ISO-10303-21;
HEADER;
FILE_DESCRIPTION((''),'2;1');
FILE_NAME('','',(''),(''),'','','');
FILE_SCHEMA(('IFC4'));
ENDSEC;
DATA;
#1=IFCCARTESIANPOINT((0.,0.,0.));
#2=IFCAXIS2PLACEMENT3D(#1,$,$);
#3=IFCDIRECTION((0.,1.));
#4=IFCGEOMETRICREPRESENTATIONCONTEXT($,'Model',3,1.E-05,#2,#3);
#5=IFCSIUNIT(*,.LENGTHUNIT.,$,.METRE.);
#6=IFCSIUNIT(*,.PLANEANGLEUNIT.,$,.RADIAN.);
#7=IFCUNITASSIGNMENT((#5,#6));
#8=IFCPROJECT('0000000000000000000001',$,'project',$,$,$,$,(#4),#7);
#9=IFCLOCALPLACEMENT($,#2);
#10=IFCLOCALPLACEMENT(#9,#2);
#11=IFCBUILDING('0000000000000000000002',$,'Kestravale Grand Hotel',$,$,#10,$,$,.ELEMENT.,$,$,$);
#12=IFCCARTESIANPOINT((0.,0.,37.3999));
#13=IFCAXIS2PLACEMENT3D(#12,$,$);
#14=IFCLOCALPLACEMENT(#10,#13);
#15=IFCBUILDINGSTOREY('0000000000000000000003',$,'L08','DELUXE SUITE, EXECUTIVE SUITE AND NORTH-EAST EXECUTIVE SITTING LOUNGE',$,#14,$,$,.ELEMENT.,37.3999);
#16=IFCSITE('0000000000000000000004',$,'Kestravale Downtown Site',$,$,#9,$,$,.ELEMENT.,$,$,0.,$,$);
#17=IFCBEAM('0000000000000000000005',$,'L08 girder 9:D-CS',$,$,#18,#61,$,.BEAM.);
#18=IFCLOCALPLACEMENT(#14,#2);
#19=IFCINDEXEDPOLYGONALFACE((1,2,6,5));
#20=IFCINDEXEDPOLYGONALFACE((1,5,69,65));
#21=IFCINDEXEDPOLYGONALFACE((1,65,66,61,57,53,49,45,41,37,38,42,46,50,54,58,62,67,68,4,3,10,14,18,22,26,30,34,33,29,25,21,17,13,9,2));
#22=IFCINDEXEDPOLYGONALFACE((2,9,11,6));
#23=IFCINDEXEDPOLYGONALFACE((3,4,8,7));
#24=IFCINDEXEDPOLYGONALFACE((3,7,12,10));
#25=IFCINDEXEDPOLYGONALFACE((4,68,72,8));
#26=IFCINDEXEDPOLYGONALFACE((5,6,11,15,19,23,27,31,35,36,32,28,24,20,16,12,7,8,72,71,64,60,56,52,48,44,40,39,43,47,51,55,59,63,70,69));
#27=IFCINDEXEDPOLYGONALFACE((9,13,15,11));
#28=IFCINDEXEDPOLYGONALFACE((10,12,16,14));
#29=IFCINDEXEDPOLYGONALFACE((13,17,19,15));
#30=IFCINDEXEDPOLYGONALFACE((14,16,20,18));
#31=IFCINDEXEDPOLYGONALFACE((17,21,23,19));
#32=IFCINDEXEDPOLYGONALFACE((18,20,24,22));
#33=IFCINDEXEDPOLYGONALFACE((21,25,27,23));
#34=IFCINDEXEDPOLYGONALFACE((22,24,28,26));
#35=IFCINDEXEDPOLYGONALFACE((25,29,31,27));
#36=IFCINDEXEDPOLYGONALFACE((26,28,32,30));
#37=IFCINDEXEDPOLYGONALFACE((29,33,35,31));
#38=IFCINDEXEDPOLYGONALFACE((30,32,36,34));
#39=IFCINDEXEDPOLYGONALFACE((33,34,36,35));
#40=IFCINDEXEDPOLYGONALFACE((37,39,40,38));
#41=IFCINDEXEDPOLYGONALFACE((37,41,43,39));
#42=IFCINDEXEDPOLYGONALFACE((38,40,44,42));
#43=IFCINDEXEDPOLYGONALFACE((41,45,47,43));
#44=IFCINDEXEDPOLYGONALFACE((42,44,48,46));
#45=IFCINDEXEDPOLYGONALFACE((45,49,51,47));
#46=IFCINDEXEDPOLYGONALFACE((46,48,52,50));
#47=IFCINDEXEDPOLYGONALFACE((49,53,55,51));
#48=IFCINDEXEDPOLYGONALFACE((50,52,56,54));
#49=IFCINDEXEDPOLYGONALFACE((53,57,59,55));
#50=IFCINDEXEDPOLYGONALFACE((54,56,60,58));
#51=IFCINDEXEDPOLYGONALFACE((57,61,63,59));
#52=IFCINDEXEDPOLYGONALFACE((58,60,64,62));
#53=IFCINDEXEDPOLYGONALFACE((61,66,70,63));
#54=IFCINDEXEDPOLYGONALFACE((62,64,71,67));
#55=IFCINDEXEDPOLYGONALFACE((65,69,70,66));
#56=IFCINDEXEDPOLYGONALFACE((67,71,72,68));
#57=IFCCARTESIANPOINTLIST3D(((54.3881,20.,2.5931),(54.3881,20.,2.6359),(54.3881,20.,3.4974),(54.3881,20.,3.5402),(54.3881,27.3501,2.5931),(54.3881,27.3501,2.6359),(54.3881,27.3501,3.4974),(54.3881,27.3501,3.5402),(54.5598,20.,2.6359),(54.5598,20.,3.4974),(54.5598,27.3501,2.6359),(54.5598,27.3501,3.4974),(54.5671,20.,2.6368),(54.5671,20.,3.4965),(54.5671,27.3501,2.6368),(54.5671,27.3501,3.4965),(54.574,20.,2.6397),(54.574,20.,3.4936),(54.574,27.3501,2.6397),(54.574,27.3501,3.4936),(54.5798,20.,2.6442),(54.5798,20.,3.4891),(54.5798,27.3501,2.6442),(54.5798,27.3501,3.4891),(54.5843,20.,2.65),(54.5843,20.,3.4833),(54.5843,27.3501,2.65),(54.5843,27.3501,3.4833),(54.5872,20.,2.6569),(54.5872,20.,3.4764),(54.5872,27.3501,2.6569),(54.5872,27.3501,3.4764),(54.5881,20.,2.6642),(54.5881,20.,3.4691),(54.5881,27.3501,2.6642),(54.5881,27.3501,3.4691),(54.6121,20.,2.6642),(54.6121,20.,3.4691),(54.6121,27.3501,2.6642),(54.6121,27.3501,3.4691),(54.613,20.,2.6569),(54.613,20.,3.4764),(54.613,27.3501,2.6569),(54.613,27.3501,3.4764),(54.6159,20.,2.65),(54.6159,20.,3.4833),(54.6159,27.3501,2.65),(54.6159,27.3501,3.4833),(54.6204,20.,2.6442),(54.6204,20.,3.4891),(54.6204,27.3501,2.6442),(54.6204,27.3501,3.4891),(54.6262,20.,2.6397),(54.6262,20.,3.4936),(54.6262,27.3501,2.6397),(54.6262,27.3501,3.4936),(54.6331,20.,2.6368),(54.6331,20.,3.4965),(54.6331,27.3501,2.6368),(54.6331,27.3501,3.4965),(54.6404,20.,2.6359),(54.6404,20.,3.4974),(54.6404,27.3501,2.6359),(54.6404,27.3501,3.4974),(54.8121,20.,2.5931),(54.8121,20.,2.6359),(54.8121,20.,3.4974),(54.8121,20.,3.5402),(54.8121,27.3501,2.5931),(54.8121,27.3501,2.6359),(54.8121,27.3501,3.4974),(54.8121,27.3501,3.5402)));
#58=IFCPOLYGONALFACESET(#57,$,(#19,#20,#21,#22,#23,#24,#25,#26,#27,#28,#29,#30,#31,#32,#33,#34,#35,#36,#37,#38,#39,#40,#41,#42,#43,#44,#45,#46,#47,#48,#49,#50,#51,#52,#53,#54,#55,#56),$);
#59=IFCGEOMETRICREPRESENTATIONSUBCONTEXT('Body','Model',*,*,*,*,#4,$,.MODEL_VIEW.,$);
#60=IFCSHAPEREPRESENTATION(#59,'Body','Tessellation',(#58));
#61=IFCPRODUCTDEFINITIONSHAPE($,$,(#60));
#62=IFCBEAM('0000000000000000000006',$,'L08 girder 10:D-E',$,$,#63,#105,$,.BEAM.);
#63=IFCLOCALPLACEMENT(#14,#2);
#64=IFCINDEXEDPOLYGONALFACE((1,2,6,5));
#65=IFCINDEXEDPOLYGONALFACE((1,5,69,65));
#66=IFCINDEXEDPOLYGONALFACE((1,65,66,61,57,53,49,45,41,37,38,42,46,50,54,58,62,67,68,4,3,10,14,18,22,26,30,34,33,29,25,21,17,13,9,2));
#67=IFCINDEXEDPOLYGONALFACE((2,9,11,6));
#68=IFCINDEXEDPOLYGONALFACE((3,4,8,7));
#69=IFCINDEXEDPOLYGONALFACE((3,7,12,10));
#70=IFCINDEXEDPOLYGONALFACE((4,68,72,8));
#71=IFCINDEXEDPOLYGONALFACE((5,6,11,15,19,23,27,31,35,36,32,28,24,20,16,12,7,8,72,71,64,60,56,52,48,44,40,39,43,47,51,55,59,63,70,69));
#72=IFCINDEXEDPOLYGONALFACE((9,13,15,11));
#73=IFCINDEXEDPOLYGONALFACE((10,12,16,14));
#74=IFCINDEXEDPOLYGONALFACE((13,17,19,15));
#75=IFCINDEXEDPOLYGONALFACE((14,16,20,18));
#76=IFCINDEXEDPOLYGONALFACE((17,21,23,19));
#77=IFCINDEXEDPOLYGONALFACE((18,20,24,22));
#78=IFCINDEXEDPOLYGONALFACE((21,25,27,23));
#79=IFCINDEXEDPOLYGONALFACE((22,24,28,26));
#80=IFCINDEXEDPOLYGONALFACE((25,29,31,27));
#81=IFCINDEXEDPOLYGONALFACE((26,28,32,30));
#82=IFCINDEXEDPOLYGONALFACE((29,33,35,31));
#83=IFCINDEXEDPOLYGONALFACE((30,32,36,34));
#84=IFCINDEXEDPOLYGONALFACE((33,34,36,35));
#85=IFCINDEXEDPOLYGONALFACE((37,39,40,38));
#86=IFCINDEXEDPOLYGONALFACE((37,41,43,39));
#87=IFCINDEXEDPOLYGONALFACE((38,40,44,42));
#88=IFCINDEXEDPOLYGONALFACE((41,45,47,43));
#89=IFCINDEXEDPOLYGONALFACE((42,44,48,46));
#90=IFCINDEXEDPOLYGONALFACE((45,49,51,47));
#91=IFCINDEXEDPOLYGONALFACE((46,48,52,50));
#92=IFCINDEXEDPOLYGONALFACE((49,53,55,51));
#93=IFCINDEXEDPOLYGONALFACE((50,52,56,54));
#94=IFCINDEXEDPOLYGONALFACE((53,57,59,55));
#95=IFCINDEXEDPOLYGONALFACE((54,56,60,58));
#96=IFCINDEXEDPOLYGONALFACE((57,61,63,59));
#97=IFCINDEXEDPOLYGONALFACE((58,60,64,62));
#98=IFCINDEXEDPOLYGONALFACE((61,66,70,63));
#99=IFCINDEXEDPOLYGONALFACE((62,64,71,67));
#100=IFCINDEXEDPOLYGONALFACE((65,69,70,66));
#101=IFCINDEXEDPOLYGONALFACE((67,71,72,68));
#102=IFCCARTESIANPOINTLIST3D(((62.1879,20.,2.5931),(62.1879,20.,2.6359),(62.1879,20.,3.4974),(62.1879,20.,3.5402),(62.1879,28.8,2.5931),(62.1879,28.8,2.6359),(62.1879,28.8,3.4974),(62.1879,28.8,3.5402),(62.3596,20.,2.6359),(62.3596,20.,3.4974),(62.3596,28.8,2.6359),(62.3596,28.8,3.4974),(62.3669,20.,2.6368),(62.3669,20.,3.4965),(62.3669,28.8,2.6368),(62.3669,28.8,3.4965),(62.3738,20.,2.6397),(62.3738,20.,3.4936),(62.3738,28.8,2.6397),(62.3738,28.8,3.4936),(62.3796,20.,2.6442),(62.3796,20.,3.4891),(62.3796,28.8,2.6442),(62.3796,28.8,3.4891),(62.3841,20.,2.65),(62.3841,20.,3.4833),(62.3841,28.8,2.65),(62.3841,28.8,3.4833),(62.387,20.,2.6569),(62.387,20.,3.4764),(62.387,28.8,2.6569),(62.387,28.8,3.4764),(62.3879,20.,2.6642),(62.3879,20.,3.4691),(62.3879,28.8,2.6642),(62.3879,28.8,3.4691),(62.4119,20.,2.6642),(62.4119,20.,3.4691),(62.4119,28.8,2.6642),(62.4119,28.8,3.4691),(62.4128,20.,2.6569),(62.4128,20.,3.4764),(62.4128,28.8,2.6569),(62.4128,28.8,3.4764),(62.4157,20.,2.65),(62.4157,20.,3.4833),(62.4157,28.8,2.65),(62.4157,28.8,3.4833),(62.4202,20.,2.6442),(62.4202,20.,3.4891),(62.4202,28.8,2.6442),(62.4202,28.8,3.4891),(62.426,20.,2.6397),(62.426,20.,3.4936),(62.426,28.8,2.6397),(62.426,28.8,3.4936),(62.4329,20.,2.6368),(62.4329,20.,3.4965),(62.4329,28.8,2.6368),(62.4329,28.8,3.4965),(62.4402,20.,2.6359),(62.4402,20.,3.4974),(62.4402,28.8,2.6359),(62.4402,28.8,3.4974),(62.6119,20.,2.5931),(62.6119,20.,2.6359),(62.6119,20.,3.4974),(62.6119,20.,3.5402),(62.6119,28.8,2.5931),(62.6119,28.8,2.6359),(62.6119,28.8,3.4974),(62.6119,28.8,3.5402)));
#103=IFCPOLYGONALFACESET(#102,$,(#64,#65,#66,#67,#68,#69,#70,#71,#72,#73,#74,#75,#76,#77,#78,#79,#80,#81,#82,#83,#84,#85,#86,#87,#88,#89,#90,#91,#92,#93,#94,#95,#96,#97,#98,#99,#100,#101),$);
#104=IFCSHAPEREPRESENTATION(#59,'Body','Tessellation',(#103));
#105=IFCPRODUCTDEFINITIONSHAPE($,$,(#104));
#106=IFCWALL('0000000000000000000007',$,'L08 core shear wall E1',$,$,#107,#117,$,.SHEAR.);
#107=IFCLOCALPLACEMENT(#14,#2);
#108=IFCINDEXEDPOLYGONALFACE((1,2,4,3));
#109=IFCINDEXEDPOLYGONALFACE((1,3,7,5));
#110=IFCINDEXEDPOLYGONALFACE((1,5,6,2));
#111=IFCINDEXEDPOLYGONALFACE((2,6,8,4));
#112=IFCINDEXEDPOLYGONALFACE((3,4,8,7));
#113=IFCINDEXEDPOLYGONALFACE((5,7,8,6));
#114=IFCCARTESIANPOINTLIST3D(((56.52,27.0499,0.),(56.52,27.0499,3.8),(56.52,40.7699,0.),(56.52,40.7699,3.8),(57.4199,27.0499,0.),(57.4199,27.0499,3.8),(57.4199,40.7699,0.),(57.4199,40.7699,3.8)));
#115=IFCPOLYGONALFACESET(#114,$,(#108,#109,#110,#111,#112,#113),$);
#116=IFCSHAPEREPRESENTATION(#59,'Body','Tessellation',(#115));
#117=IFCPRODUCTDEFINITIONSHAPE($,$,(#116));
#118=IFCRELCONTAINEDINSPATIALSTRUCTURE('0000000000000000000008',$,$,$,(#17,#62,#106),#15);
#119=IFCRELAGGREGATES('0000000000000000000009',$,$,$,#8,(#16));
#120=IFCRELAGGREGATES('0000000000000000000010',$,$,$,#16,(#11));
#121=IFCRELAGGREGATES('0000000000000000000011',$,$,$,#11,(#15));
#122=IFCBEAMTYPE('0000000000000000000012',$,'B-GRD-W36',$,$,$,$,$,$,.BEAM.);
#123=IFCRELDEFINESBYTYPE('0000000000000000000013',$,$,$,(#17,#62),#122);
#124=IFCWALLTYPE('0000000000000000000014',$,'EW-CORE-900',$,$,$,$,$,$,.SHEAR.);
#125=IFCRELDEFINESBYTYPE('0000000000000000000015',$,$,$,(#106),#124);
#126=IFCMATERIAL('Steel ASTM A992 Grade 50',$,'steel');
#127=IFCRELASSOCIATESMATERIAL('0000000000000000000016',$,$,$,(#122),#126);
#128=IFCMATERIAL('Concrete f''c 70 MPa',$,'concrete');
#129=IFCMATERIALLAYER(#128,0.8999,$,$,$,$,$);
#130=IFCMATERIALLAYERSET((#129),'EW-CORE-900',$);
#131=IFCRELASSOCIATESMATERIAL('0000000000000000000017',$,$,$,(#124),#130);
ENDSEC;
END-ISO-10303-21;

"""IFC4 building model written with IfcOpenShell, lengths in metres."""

from ifc_helpers import new_model, si_unit, direction, frame, frame_2d, origin, origin_2d, place, context, subcontext, project, spatial, rectangle, i_section, extrude, material, layer, layer_set, material_profile, profile_set, type_object, element, save


model = new_model("IFC4")

# Units and contexts
model_context = context("Model", 3, precision=1e-05, world=origin(), true_north=direction((0.0, 1.0)))
body_context = subcontext(model_context, "Body", "Model", "MODEL_VIEW")
ifc_project = project(units=[si_unit("LENGTHUNIT", "METRE"), si_unit("PLANEANGLEUNIT", "RADIAN")], contexts=[model_context])

# Site, building, storey
site_placement = place(None, origin())
site = spatial("IfcSite", under=ifc_project, at=site_placement, Name="Kestravale Downtown Site", CompositionType="ELEMENT", RefElevation=0.0)
building_placement = place(site_placement, origin())
building = spatial("IfcBuilding", under=site, at=building_placement, Name="Kestravale Grand Hotel", CompositionType="ELEMENT")
storey_placement = place(building_placement, frame((0.0, 0.0, 37.3999)))
storey = spatial("IfcBuildingStorey", under=building, at=storey_placement, Name="L08", Description="DELUXE SUITE, EXECUTIVE SUITE AND NORTH-EAST EXECUTIVE SITTING LOUNGE", CompositionType="ELEMENT", Elevation=37.3999)

# Beams
ifc_material_1 = material(Name="Steel ASTM A992 Grade 50", Category="steel")
ifc_material_profile_1 = material_profile(ifc_material_1, i_section(OverallWidth=0.4241, OverallDepth=0.947, WebThickness=0.0239, FlangeThickness=0.0427, FilletRadius=0.0283, at=origin_2d()))
ifc_profile_set_1 = profile_set([ifc_material_profile_1], Name="Steel ASTM A992 Grade 50")
beam_type_1 = type_object("IfcBeamType", Name="B-GRD-W36", PredefinedType="BEAM", material=ifc_profile_set_1)
beam_1_placement = place(storey_placement, frame((54.6001, 20.0, 3.0667), z_axis=(0.0, 1.0, 0.0), x_axis=(-1.0, 0.0, 0.0)))
element("IfcBeam", 1, at=beam_1_placement, inside=storey, type_object=beam_type_1, Name="L08 girder 9:D-CS", PredefinedType="BEAM", context=body_context, shape_type="SweptSolid", body=[
    extrude(i_section(OverallWidth=0.4241, OverallDepth=0.947, WebThickness=0.0239, FlangeThickness=0.0427, FilletRadius=0.0283, at=origin_2d()), origin(), (0.0, 0.0, 1.0), 7.3501),
])
beam_2_placement = place(storey_placement, frame((62.3999, 20.0, 3.0667), z_axis=(0.0, 1.0, 0.0), x_axis=(-1.0, 0.0, 0.0)))
element("IfcBeam", 2, at=beam_2_placement, inside=storey, type_object=beam_type_1, Name="L08 girder 10:D-E", PredefinedType="BEAM", context=body_context, shape_type="SweptSolid", body=[
    extrude(i_section(OverallWidth=0.4241, OverallDepth=0.947, WebThickness=0.0239, FlangeThickness=0.0427, FilletRadius=0.0283, at=origin_2d()), origin(), (0.0, 0.0, 1.0), 8.8),
])

# Wall
ifc_material_2 = material(Name="Concrete f'c 70 MPa", Category="concrete")
ifc_layer_1 = layer(ifc_material_2, 0.8999)
ifc_layer_set_1 = layer_set([ifc_layer_1], Name="EW-CORE-900")
wall_type_1 = type_object("IfcWallType", Name="EW-CORE-900", PredefinedType="SHEAR", material=ifc_layer_set_1)
wall_1_placement = place(storey_placement, frame((56.97, 27.05, 0.0), z_axis=(0.0, 0.0, 1.0), x_axis=(0.0, 1.0, 0.0)))
element("IfcWall", 3, at=wall_1_placement, inside=storey, type_object=wall_type_1, Name="L08 core shear wall E1", PredefinedType="SHEAR", context=body_context, shape_type="SweptSolid", body=[
    extrude(rectangle(XDim=13.72, YDim=0.8999, at=frame_2d((6.8599, 0.0))), origin(), (0.0, 0.0, 1.0), 3.8),
])

save(model, "model.ifc")
